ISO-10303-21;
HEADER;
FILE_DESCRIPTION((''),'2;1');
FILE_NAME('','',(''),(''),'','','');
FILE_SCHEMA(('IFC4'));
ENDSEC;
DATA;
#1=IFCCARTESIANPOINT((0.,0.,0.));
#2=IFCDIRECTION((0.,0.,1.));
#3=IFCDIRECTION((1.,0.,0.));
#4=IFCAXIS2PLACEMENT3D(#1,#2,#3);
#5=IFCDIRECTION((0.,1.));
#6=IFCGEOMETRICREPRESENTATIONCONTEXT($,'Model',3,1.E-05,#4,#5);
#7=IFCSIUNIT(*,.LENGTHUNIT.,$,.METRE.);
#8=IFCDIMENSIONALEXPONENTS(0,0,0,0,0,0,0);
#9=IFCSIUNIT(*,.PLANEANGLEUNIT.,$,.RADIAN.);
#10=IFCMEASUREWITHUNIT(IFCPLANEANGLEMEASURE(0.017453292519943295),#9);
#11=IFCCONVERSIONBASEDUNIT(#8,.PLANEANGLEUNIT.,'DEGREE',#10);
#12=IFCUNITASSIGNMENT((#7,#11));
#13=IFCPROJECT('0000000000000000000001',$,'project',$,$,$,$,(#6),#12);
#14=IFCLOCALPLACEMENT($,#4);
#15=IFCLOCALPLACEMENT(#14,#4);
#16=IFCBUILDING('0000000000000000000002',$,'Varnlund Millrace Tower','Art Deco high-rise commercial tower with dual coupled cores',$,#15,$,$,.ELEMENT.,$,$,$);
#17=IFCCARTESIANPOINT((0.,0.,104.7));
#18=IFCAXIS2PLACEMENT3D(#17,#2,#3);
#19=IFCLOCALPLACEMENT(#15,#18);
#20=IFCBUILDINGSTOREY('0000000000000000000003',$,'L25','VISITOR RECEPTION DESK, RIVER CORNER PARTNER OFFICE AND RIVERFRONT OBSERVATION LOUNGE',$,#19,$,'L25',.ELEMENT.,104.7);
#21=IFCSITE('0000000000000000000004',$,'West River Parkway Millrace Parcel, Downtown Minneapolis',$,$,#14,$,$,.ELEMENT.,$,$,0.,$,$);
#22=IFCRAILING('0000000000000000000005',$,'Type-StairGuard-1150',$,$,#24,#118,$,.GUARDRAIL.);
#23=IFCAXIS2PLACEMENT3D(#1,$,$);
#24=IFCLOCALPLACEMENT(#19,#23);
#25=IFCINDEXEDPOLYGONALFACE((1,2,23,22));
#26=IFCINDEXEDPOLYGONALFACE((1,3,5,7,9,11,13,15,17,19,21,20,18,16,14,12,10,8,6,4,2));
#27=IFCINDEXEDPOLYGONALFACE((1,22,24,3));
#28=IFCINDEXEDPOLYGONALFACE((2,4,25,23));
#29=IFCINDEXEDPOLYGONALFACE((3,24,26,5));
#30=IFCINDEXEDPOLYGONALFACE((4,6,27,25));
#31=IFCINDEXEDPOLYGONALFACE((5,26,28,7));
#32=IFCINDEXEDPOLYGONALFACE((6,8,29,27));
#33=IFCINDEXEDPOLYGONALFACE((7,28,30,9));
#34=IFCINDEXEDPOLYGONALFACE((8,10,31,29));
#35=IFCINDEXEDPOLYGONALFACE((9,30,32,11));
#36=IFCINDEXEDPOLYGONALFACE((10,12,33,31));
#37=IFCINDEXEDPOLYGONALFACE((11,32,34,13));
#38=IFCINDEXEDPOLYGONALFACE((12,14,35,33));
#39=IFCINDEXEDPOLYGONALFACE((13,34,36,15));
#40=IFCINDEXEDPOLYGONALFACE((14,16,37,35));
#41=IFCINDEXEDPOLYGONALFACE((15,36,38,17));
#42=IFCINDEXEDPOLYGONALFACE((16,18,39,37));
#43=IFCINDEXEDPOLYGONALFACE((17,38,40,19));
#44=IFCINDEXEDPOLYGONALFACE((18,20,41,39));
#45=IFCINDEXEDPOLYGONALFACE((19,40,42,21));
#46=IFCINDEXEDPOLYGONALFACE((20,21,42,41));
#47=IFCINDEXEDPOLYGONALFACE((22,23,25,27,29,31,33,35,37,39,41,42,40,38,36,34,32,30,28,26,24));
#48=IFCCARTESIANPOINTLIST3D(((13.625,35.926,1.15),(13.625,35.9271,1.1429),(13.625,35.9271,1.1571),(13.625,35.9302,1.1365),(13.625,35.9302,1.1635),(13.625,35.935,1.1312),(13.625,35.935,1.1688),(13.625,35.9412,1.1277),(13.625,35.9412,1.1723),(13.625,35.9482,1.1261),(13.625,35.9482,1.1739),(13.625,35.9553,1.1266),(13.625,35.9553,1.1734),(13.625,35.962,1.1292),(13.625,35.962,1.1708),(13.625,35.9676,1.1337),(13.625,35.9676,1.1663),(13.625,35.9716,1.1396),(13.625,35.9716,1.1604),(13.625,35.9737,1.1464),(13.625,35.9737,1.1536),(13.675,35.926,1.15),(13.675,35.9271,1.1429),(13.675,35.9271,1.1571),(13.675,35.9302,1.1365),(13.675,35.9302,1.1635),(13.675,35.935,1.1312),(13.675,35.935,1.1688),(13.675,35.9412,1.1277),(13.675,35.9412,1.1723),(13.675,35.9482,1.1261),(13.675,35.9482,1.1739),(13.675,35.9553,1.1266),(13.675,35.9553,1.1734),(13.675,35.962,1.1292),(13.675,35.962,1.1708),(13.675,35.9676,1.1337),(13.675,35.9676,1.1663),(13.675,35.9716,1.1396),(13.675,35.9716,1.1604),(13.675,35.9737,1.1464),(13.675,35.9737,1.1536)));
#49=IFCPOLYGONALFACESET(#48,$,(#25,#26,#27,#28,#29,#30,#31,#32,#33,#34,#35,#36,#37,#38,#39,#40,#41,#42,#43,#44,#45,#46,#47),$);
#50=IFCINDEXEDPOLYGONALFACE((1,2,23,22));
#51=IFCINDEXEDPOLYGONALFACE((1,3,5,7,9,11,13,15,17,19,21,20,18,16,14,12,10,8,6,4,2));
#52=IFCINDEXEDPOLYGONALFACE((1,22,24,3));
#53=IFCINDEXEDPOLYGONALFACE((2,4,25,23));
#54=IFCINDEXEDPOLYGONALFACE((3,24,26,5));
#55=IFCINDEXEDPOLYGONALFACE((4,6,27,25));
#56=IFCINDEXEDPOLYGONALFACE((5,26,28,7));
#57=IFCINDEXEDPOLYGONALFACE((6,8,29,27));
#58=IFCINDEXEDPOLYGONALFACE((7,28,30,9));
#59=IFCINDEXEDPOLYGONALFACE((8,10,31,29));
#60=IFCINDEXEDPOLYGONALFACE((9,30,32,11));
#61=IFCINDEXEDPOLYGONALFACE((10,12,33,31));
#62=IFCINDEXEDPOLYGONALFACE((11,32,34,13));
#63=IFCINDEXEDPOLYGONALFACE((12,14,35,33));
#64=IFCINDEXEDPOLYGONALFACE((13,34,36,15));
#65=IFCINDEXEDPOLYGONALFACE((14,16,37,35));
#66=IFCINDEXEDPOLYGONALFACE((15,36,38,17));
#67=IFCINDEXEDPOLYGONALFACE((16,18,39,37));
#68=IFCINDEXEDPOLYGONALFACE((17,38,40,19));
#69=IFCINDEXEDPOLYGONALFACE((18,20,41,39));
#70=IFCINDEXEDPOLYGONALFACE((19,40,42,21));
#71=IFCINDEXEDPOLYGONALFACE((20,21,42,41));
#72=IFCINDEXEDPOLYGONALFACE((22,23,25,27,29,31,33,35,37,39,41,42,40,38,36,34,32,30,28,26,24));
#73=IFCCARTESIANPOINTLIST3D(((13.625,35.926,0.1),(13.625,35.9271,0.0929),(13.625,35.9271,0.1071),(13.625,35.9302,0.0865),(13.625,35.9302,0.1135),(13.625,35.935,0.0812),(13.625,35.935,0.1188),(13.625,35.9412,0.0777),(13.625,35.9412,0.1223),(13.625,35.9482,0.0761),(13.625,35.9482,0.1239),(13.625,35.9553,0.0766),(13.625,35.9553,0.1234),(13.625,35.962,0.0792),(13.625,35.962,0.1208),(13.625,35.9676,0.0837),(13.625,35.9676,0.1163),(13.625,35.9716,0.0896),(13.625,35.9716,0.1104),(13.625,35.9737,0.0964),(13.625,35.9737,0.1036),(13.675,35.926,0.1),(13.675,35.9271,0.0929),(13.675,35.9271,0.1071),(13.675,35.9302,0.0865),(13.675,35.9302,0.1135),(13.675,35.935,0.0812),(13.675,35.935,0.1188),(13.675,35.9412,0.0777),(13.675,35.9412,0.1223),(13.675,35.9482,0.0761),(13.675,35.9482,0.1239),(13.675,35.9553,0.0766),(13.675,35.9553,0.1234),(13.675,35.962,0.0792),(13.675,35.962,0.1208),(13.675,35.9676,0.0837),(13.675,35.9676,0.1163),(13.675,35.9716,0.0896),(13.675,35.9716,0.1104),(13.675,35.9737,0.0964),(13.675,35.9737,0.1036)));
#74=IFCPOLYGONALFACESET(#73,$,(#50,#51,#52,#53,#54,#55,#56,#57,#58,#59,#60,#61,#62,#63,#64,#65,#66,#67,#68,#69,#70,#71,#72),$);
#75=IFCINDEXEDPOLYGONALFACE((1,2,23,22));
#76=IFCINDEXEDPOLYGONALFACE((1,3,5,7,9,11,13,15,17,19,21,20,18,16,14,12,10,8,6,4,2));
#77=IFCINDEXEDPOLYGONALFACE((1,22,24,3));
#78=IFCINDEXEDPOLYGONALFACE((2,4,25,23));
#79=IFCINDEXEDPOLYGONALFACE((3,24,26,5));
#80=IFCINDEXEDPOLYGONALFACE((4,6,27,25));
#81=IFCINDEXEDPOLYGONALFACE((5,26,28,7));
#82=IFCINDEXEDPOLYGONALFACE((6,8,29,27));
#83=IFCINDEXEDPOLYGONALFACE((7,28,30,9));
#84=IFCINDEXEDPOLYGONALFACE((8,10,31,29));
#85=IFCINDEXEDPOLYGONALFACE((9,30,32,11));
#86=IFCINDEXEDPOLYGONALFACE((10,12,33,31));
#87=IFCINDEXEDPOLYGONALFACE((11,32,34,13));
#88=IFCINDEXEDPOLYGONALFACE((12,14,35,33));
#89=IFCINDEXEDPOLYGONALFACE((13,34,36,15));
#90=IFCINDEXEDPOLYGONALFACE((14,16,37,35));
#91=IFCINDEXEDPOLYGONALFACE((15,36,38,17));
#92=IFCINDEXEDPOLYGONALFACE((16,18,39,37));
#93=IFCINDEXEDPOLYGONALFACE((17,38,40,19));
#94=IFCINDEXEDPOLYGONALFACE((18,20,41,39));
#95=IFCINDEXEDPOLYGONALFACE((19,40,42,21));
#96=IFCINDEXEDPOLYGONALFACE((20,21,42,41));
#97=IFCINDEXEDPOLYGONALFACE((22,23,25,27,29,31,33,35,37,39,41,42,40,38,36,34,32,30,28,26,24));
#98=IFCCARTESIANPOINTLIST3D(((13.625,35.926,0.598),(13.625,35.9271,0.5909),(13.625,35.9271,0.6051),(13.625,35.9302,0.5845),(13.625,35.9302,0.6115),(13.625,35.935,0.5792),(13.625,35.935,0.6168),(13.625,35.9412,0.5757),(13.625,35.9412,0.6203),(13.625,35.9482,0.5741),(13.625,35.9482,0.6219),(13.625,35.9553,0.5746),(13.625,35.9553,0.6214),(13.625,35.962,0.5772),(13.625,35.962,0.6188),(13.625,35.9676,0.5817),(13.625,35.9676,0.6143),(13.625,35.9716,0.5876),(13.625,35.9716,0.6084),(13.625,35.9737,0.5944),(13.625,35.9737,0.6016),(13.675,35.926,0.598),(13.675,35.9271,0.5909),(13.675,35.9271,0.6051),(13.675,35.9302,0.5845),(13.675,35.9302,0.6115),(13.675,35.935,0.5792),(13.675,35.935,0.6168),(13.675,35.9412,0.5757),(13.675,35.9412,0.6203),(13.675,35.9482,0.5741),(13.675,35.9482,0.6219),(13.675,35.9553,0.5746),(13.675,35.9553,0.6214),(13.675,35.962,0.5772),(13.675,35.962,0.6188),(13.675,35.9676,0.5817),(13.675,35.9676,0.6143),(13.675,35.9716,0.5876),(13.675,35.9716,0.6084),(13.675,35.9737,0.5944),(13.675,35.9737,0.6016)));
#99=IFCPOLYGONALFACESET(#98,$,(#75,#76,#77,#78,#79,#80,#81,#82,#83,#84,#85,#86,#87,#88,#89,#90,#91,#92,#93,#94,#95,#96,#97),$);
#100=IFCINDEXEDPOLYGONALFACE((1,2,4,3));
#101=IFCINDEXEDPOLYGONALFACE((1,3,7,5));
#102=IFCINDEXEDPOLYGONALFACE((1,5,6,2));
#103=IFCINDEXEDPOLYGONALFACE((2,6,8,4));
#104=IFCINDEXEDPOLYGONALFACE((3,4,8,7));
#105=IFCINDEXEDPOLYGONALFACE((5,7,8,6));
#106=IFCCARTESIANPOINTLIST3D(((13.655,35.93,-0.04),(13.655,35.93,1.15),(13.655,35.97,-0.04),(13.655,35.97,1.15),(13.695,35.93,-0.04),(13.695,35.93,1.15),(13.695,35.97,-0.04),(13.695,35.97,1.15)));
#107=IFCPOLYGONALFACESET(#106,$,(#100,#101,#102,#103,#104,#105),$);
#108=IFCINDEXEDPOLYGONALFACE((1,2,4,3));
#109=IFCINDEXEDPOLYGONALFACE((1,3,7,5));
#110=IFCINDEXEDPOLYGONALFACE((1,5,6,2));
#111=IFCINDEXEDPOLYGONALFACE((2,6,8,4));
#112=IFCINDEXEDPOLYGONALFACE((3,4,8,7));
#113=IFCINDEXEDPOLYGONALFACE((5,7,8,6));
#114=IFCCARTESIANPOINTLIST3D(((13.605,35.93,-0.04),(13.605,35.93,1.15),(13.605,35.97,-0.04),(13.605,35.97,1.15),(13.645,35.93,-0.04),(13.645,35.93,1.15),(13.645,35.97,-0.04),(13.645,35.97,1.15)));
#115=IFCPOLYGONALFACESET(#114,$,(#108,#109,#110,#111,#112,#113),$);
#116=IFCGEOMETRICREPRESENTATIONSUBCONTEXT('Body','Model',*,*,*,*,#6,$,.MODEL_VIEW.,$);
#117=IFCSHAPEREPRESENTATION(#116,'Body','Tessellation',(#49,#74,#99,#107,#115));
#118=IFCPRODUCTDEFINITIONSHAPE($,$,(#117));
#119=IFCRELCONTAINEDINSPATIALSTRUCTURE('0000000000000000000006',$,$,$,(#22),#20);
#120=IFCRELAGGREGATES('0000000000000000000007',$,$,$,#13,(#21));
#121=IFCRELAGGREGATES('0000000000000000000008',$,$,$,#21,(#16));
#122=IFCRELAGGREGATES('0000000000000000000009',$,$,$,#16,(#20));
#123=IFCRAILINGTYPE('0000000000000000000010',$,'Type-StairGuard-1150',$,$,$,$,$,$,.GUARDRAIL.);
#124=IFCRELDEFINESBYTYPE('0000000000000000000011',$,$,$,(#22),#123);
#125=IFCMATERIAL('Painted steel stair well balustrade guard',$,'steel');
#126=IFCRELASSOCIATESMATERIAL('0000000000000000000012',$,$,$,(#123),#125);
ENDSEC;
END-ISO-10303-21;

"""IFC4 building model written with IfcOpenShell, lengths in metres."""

from ifc_helpers import new_model, entity, si_unit, converted_unit, direction, frame, origin_with_axes, origin_2d_with_axis, place, context, subcontext, project, spatial, rectangle, circle, extrude, material, type_object, element, save


model = new_model("IFC4")

# Units and contexts
model_context = context("Model", 3, precision=1e-05, world=origin_with_axes(), true_north=direction((0.0, 1.0)))
body_context = subcontext(model_context, "Body", "Model", "MODEL_VIEW")
ifc_project = project(units=[si_unit("LENGTHUNIT", "METRE"), converted_unit("PLANEANGLEUNIT", "DEGREE", entity("IfcPlaneAngleMeasure", 0.017453292519943295), si_unit("PLANEANGLEUNIT", "RADIAN"), dimensions=[0, 0, 0, 0, 0, 0, 0])], contexts=[model_context])

# Site, building, storey
site_placement = place(None, origin_with_axes())
site = spatial("IfcSite", under=ifc_project, at=site_placement, Name="West River Parkway Millrace Parcel, Downtown Minneapolis", CompositionType="ELEMENT", RefElevation=0.0)
building_placement = place(site_placement, origin_with_axes())
building = spatial("IfcBuilding", under=site, at=building_placement, Name="Varnlund Millrace Tower", Description="Art Deco high-rise commercial tower with dual coupled cores", CompositionType="ELEMENT")
storey_placement = place(building_placement, frame((0.0, 0.0, 104.7), z_axis=(0.0, 0.0, 1.0), x_axis=(1.0, 0.0, 0.0)))
storey = spatial("IfcBuildingStorey", under=building, at=storey_placement, Name="L25", Description="VISITOR RECEPTION DESK, RIVER CORNER PARTNER OFFICE AND RIVERFRONT OBSERVATION LOUNGE", LongName="L25", CompositionType="ELEMENT", Elevation=104.7)

# Railing
ifc_material_1 = material(Name="Painted steel stair well balustrade guard", Category="steel")
railing_type_1 = type_object("IfcRailingType", Name="Type-StairGuard-1150", PredefinedType="GUARDRAIL", material=ifc_material_1)
railing_1_placement = place(storey_placement, frame((0.0, 0.0, -104.7), z_axis=(0.0, 0.0, 1.0), x_axis=(1.0, 0.0, 0.0)))
element("IfcRailing", 1, at=railing_1_placement, inside=storey, type_object=railing_type_1, Name="Type-StairGuard-1150", PredefinedType="GUARDRAIL", context=body_context, shape_type="SweptSolid", body=[
    extrude(circle(Radius=0.024, at=origin_2d_with_axis()), frame((13.675, 35.95, 105.85), z_axis=(-1.0, 0.0, 0.0), x_axis=(0.0, -1.0, 0.0)), (0.0, 0.0, 1.0), 0.05),
    extrude(circle(Radius=0.024, at=origin_2d_with_axis()), frame((13.675, 35.95, 104.8), z_axis=(-1.0, 0.0, 0.0), x_axis=(0.0, -1.0, 0.0)), (0.0, 0.0, 1.0), 0.05),
    extrude(circle(Radius=0.024, at=origin_2d_with_axis()), frame((13.675, 35.95, 105.298), z_axis=(-1.0, 0.0, 0.0), x_axis=(0.0, -1.0, 0.0)), (0.0, 0.0, 1.0), 0.05),
    extrude(rectangle(XDim=0.04, YDim=0.04, at=origin_2d_with_axis()), frame((13.675, 35.95, 104.66), z_axis=(0.0, 0.0, 1.0), x_axis=(1.0, 0.0, 0.0)), (0.0, 0.0, 1.0), 1.19),
    extrude(rectangle(XDim=0.04, YDim=0.04, at=origin_2d_with_axis()), frame((13.625, 35.95, 104.66), z_axis=(0.0, 0.0, 1.0), x_axis=(1.0, 0.0, 0.0)), (0.0, 0.0, 1.0), 1.19),
])

save(model, "model.ifc")
